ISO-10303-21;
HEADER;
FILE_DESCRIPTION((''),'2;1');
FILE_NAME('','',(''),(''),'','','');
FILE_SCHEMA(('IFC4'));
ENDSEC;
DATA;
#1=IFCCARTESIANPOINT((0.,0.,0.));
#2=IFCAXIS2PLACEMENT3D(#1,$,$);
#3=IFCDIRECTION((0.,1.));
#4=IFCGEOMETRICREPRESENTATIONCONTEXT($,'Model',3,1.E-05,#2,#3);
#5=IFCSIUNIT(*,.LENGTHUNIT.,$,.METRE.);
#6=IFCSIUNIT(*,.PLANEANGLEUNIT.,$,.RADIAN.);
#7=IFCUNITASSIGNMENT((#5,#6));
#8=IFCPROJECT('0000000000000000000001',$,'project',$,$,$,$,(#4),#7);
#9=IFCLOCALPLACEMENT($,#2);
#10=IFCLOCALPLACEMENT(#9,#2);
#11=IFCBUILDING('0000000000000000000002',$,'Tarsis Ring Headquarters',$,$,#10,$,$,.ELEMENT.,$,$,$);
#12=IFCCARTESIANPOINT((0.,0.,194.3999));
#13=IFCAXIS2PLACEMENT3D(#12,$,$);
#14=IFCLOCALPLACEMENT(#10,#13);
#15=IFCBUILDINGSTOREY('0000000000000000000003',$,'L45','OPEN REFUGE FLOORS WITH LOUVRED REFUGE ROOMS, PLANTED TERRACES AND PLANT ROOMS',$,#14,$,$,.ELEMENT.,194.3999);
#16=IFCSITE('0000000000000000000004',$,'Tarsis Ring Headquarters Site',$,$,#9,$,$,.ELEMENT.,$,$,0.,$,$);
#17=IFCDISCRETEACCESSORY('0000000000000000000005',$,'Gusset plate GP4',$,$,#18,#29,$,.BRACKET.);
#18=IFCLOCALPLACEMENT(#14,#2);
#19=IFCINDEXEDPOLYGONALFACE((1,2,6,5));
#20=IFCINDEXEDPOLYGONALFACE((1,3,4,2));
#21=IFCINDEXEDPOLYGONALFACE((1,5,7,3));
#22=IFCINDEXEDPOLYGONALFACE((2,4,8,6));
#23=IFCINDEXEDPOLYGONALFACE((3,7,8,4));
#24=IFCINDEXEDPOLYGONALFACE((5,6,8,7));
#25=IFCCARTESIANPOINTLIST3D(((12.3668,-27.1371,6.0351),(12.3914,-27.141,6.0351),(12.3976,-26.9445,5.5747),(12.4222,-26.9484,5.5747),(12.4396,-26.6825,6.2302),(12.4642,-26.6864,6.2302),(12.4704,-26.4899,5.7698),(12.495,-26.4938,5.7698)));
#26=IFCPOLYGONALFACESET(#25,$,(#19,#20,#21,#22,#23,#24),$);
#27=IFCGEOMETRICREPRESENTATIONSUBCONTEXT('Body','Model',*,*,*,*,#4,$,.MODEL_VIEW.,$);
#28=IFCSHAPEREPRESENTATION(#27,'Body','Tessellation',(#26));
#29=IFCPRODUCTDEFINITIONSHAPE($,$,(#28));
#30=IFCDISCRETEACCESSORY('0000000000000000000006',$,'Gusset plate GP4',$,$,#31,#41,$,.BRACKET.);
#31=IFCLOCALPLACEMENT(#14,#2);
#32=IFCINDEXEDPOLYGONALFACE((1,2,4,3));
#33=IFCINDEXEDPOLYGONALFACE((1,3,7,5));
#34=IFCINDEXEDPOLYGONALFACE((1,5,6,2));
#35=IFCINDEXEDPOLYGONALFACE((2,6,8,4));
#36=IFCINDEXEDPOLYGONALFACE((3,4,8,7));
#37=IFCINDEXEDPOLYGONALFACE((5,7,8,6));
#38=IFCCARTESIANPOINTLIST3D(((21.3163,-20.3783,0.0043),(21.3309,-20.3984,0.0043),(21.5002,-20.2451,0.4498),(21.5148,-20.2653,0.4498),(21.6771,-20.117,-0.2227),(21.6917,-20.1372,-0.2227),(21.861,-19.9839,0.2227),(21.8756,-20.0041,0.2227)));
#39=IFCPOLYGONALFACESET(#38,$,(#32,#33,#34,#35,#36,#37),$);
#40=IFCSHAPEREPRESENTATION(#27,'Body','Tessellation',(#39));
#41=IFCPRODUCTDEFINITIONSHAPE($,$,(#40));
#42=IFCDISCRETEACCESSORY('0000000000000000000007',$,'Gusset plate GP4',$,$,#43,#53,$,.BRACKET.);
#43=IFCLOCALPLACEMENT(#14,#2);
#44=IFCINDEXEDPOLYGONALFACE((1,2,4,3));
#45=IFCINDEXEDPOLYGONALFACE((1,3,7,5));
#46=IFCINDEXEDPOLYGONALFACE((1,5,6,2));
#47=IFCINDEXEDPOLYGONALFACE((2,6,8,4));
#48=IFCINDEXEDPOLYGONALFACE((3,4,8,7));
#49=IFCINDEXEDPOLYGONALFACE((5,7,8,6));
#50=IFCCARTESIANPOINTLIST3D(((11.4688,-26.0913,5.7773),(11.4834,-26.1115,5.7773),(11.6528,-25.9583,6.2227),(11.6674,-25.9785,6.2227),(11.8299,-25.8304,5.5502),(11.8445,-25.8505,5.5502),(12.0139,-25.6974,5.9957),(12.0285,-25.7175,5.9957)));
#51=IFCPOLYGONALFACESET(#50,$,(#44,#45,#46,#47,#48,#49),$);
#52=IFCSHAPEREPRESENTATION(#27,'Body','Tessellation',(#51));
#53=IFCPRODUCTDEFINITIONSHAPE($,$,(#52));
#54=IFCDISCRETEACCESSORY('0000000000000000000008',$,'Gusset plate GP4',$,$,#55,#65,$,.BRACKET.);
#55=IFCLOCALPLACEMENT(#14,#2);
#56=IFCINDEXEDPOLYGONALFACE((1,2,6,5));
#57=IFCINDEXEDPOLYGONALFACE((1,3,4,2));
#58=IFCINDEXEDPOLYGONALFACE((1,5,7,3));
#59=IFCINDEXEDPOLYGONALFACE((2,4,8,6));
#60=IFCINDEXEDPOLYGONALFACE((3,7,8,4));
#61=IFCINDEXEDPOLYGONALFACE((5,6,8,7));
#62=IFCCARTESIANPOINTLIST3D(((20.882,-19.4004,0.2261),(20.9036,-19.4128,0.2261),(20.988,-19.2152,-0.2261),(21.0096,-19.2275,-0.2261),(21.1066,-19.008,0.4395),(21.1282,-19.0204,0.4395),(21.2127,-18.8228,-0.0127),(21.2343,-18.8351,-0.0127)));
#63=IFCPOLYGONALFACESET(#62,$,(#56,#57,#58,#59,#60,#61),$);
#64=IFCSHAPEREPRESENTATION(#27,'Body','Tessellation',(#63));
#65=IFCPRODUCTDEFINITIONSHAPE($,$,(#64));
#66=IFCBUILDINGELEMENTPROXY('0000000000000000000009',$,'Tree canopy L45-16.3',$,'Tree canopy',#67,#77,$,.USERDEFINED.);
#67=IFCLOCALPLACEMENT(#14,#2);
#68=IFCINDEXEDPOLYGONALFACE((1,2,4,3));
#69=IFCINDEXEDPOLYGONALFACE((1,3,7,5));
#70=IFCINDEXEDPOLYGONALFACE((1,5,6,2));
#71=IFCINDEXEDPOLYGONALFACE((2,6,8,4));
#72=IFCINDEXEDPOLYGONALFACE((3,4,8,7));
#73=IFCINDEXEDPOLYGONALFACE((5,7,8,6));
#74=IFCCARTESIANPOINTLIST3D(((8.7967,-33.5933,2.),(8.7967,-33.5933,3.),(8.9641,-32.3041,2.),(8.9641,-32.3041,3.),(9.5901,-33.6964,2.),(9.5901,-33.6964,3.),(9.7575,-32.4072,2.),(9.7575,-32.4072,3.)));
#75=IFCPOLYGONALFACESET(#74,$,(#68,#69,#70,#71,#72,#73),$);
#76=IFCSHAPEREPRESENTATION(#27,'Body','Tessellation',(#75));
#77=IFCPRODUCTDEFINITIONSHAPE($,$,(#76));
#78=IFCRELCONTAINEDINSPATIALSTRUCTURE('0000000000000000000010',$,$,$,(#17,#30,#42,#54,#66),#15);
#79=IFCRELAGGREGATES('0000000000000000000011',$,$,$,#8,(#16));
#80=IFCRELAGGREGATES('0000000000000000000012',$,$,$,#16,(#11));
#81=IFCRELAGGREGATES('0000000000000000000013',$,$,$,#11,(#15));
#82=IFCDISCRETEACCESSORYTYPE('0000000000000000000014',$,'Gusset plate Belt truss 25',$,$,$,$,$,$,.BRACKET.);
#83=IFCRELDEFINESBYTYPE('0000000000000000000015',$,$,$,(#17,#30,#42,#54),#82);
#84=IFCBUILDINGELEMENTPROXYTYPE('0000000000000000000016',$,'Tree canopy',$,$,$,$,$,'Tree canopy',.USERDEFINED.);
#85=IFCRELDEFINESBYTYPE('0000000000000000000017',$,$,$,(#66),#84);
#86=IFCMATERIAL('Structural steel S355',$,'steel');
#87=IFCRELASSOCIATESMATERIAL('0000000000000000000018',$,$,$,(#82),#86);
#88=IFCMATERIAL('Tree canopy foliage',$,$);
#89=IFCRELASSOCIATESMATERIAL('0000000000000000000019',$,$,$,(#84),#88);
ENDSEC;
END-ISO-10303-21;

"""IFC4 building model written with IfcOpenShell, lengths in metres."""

from ifc_helpers import new_model, si_unit, direction, frame, origin, origin_2d, place, context, subcontext, project, spatial, rectangle, extrude, material, material_profile, profile_set, type_object, element, save


model = new_model("IFC4")

# Units and contexts
model_context = context("Model", 3, precision=1e-05, world=origin(), true_north=direction((0.0, 1.0)))
body_context = subcontext(model_context, "Body", "Model", "MODEL_VIEW")
ifc_project = project(units=[si_unit("LENGTHUNIT", "METRE"), si_unit("PLANEANGLEUNIT", "RADIAN")], contexts=[model_context])

# Site, building, storey
site_placement = place(None, origin())
site = spatial("IfcSite", under=ifc_project, at=site_placement, Name="Tarsis Ring Headquarters Site", CompositionType="ELEMENT", RefElevation=0.0)
building_placement = place(site_placement, origin())
building = spatial("IfcBuilding", under=site, at=building_placement, Name="Tarsis Ring Headquarters", CompositionType="ELEMENT")
storey_placement = place(building_placement, frame((0.0, 0.0, 194.3999)))
storey = spatial("IfcBuildingStorey", under=building, at=storey_placement, Name="L45", Description="OPEN REFUGE FLOORS WITH LOUVRED REFUGE ROOMS, PLANTED TERRACES AND PLANT ROOMS", CompositionType="ELEMENT", Elevation=194.3999)

# Shared definitions
ifc_material_1 = material(Name="Structural steel S355", Category="steel")

# Discrete accessories
ifc_material_profile_1 = material_profile(ifc_material_1, rectangle(XDim=0.0249, YDim=0.5, at=origin_2d()), Name="PL 25x500")
ifc_profile_set_1 = profile_set([ifc_material_profile_1], Name="Structural steel S355")
discrete_accessory_type = type_object("IfcDiscreteAccessoryType", Name="Gusset plate Belt truss 25", PredefinedType="BRACKET", material=ifc_profile_set_1)
for number, where, z_axis, x_axis, name in (
    (1, (12.4673, -26.5881, 6.0), (-0.145509, -0.909186, -0.390139), (0.987434, -0.158032, 0.0), "Gusset plate GP4"),
    (2, (21.7764, -20.0605, 0.0), (-0.721681, -0.522462, 0.454103), (0.586411, -0.810014, 0.0), "Gusset plate GP4"),
    (3, (11.5681, -26.0349, 6.0), (0.722099, 0.521923, -0.454058), (-0.585791, 0.810462, 0.0), "Gusset plate GP4"),
    (4, (20.9458, -19.314, 0.0), (0.449303, 0.784816, 0.426838), (-0.867844, 0.496837, 0.0), "Gusset plate GP4"),
):
    element("IfcDiscreteAccessory", number, at=place(storey_placement, frame(where, z_axis=z_axis, x_axis=x_axis)), inside=storey, type_object=discrete_accessory_type, Name=name, PredefinedType="BRACKET", context=body_context, shape_type="SweptSolid", body=[
        extrude(rectangle(XDim=0.0249, YDim=0.5, at=origin_2d()), origin(), (0.0, 0.0, 1.0), 0.5),
    ])

# Building element proxy
ifc_material_2 = material(Name="Tree canopy foliage")
building_element_proxy_type = type_object("IfcBuildingElementProxyType", Name="Tree canopy", ElementType="Tree canopy", PredefinedType="USERDEFINED", material=ifc_material_2)
proxy_placement = place(storey_placement, frame((9.2771, -33.0002, 2.0), z_axis=(0.0, 0.0, 1.0), x_axis=(0.128796, 0.991671, 0.0)))
element("IfcBuildingElementProxy", 5, at=proxy_placement, inside=storey, type_object=building_element_proxy_type, Name="Tree canopy L45-16.3", ObjectType="Tree canopy", PredefinedType="USERDEFINED", context=body_context, shape_type="SweptSolid", body=[
    extrude(rectangle(XDim=1.3, YDim=0.8, at=origin_2d()), origin(), (0.0, 0.0, 1.0), 1.0),
])

save(model, "model.ifc")
